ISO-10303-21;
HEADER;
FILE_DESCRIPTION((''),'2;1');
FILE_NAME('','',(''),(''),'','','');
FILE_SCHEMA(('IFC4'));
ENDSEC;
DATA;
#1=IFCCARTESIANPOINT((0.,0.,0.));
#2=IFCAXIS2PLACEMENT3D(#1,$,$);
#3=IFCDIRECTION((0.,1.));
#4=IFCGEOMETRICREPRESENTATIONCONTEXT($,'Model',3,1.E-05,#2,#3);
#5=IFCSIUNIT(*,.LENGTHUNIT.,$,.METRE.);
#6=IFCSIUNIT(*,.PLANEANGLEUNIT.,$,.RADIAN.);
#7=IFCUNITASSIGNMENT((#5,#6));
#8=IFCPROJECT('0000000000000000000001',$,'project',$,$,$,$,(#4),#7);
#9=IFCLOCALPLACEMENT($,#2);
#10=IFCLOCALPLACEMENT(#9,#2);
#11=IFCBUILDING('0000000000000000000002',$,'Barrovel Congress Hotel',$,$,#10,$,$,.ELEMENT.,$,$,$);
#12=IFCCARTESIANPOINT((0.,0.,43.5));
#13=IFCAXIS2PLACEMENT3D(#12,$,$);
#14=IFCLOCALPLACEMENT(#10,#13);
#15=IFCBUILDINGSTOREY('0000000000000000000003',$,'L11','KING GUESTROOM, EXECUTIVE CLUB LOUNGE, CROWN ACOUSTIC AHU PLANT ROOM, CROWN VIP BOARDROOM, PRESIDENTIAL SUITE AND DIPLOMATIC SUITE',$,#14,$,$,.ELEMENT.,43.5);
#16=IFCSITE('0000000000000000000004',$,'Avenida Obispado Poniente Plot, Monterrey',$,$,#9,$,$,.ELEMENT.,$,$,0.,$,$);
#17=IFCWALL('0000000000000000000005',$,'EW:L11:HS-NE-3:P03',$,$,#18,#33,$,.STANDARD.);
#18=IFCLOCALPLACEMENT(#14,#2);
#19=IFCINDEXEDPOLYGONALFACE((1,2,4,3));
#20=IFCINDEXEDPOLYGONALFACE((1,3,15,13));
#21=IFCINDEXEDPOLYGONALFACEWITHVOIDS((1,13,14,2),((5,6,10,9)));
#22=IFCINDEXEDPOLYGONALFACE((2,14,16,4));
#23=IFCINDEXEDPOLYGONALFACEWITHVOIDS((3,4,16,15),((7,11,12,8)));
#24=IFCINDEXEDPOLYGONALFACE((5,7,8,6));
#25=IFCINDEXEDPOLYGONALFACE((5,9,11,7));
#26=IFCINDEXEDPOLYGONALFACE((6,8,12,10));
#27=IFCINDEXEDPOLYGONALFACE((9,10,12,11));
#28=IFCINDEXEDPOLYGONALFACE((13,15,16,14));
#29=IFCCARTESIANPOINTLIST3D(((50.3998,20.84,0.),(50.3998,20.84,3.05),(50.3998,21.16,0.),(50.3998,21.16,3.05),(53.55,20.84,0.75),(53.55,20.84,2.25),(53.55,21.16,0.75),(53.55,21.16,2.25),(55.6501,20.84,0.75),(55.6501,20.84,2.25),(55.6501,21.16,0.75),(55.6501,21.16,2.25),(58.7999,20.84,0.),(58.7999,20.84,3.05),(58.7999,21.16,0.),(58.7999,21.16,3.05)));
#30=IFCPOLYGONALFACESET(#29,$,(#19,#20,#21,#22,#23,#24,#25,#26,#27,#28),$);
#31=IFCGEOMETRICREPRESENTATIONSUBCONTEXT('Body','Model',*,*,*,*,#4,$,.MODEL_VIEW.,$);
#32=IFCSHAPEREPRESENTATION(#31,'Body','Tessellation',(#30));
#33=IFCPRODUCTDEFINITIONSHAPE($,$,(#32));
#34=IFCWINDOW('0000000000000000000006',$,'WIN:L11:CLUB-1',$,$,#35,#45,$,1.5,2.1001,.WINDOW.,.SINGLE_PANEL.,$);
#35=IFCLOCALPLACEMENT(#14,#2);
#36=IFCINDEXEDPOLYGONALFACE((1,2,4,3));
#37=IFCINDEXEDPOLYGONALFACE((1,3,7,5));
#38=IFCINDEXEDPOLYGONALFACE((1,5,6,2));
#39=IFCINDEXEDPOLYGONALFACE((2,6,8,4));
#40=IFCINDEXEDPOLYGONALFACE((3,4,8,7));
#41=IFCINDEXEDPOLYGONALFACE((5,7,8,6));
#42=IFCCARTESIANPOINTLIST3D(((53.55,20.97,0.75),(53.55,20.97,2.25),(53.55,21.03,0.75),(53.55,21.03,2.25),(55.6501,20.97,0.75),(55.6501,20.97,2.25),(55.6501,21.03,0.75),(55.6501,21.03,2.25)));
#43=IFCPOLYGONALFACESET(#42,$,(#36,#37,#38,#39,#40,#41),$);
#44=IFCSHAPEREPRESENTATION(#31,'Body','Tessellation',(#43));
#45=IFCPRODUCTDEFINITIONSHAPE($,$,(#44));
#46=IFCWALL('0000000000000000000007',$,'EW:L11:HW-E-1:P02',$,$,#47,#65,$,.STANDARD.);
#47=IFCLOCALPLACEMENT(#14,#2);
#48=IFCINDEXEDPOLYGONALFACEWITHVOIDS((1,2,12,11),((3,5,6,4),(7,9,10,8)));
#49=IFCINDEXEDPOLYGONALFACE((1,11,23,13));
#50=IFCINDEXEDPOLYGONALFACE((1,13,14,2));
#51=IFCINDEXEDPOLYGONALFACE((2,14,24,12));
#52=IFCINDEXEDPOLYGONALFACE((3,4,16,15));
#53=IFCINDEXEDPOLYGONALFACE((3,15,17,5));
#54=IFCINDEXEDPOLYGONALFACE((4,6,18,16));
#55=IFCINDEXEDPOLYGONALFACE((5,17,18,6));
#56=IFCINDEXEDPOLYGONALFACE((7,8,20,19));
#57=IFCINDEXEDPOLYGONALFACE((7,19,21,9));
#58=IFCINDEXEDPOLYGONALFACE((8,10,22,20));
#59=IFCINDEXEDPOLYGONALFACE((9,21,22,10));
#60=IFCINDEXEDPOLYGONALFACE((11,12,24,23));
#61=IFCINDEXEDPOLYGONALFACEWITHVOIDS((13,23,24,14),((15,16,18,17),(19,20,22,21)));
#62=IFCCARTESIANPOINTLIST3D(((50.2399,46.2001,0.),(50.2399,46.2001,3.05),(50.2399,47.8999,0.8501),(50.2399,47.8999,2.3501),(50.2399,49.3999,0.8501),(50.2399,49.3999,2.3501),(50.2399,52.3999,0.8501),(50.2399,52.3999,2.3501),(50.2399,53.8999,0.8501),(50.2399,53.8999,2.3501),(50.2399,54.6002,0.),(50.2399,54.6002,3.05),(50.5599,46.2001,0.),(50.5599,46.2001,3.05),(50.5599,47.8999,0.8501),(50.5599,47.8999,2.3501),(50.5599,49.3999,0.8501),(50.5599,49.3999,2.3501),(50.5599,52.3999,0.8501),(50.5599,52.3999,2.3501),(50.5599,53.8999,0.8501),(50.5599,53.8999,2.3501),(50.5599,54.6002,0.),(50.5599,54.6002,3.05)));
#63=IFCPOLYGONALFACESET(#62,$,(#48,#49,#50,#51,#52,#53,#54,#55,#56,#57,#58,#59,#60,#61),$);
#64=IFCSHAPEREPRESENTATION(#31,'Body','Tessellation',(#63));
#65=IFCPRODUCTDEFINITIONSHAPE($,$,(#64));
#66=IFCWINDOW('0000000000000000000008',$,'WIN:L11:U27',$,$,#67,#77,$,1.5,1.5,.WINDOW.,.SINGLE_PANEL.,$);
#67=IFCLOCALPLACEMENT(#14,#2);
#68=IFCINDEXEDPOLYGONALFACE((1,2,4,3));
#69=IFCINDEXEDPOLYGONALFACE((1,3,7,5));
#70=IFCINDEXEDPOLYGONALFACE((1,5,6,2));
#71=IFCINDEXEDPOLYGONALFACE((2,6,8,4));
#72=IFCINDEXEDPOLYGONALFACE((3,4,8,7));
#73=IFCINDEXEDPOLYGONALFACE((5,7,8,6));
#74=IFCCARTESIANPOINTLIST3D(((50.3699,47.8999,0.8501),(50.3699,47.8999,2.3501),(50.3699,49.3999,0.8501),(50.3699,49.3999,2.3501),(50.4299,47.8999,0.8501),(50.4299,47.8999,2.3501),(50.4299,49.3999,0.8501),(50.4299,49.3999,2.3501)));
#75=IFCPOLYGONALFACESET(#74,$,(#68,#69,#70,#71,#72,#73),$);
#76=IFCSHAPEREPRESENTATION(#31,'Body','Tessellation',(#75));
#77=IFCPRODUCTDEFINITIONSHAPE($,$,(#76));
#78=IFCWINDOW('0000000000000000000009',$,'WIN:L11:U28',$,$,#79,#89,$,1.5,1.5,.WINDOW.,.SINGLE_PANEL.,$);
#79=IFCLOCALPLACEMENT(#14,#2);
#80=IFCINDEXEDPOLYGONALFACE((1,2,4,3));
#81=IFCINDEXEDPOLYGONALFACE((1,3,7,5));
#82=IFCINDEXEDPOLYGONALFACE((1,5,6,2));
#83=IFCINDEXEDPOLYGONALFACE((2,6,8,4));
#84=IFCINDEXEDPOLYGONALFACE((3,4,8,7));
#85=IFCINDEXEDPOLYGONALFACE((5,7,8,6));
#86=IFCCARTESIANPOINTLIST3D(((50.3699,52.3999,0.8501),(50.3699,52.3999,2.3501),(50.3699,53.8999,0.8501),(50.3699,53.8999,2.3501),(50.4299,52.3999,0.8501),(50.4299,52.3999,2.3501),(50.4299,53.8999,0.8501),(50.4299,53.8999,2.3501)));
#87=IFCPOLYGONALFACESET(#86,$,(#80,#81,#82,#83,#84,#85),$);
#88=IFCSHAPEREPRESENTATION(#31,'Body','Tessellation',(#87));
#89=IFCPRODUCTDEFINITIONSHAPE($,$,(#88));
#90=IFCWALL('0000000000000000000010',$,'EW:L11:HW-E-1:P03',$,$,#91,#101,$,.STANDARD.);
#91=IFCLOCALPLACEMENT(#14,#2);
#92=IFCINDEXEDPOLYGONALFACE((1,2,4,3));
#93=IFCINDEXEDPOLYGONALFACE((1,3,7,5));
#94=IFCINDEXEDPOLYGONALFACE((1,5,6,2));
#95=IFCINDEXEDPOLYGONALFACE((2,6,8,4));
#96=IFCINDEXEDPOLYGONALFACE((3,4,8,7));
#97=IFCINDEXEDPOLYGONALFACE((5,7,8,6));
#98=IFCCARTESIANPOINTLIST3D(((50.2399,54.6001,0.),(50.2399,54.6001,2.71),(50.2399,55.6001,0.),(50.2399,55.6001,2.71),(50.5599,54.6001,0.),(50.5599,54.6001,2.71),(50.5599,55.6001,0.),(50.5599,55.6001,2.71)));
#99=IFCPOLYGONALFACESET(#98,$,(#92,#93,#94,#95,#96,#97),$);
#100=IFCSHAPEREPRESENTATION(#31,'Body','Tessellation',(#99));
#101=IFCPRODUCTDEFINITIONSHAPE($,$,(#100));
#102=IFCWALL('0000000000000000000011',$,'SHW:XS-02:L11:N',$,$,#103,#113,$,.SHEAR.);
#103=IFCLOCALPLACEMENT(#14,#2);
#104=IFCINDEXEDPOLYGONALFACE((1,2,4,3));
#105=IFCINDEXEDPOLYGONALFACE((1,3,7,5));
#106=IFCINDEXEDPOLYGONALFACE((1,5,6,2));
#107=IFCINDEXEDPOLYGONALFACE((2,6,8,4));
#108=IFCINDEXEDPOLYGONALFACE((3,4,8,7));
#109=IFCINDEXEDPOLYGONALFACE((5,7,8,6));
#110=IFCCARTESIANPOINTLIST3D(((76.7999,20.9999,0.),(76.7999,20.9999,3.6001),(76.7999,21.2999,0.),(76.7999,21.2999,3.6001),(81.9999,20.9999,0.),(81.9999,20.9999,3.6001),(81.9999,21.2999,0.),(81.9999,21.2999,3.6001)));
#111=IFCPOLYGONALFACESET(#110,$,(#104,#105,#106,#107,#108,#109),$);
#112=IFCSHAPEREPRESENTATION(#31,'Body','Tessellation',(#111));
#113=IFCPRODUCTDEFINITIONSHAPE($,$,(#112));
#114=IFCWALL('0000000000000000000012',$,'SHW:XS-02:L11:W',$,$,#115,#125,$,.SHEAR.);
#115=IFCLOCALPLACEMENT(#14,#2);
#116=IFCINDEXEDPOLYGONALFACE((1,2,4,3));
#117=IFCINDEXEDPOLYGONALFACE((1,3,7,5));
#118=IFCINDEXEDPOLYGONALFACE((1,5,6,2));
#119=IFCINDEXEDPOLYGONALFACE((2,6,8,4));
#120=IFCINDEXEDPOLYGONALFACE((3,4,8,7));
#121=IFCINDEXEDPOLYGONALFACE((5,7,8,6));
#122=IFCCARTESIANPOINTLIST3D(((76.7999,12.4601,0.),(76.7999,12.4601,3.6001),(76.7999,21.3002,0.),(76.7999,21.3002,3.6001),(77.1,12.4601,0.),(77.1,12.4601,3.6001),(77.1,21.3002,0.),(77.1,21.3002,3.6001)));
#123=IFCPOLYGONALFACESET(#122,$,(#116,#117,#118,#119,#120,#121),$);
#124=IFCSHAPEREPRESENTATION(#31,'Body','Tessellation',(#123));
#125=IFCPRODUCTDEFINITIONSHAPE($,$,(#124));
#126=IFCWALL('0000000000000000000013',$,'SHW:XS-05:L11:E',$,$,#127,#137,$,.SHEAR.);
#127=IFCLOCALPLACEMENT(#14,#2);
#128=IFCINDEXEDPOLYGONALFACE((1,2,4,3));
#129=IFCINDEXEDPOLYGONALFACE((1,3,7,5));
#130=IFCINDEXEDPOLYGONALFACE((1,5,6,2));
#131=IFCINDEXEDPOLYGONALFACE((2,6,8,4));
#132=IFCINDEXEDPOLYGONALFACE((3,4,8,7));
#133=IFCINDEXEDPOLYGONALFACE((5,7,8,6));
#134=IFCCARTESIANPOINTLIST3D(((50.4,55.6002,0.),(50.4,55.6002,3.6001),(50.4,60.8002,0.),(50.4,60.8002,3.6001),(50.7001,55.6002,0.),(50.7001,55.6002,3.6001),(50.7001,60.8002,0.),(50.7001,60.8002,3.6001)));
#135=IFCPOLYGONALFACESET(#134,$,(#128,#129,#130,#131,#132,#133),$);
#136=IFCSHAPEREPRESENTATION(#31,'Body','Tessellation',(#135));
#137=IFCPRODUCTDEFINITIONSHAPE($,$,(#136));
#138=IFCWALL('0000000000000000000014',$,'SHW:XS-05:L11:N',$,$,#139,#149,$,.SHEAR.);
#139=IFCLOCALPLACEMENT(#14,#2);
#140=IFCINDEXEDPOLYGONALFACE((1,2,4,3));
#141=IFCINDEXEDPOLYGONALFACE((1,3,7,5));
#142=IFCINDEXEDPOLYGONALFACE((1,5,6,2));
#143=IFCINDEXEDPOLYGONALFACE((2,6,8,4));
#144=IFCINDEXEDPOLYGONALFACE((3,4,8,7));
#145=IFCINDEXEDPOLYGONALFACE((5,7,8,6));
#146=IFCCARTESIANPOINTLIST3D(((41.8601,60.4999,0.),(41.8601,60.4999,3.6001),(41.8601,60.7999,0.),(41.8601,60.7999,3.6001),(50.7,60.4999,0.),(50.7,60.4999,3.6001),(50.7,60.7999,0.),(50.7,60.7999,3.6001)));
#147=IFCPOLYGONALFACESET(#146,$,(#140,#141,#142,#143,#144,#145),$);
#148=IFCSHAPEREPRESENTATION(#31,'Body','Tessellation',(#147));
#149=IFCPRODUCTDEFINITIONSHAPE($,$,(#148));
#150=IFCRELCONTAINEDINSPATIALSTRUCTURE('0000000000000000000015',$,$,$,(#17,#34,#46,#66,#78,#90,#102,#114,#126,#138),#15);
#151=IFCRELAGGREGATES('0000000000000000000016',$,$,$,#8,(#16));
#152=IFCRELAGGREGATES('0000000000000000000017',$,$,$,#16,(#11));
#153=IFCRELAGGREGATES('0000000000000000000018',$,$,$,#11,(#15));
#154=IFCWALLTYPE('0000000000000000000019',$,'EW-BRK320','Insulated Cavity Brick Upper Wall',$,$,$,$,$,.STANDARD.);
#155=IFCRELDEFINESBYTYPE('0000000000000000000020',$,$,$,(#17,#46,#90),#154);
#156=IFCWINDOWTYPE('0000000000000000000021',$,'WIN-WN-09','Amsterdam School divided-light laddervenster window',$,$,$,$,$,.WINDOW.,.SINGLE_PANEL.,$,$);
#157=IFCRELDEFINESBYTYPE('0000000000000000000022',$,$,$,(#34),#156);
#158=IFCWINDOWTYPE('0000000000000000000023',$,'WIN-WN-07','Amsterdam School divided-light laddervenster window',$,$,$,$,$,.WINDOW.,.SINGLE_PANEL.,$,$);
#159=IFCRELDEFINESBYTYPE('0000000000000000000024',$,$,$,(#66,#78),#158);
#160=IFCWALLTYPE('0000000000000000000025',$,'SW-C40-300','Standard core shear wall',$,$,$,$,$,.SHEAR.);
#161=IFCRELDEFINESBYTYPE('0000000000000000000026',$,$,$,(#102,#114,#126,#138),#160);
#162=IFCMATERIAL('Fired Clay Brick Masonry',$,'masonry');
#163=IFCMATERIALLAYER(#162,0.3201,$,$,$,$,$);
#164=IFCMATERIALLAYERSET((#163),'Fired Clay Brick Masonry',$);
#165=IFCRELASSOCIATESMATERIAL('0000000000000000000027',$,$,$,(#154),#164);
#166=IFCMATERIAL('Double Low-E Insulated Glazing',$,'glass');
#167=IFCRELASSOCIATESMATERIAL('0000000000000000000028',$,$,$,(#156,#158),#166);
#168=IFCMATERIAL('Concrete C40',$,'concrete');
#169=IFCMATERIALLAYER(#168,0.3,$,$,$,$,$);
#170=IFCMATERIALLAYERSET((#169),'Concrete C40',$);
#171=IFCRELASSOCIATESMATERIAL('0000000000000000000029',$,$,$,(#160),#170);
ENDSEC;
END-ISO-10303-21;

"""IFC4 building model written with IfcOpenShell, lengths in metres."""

from ifc_helpers import new_model, si_unit, direction, frame, frame_2d, origin, place, context, subcontext, project, spatial, rectangle, extrude, material, layer, layer_set, type_object, element, fill, save


model = new_model("IFC4")

# Units and contexts
model_context = context("Model", 3, precision=1e-05, world=origin(), true_north=direction((0.0, 1.0)))
body_context = subcontext(model_context, "Body", "Model", "MODEL_VIEW")
ifc_project = project(units=[si_unit("LENGTHUNIT", "METRE"), si_unit("PLANEANGLEUNIT", "RADIAN")], contexts=[model_context])

# Site, building, storey
site_placement = place(None, origin())
site = spatial("IfcSite", under=ifc_project, at=site_placement, Name="Avenida Obispado Poniente Plot, Monterrey", CompositionType="ELEMENT", RefElevation=0.0)
building_placement = place(site_placement, origin())
building = spatial("IfcBuilding", under=site, at=building_placement, Name="Barrovel Congress Hotel", CompositionType="ELEMENT")
storey_placement = place(building_placement, frame((0.0, 0.0, 43.5)))
storey = spatial("IfcBuildingStorey", under=building, at=storey_placement, Name="L11", Description="KING GUESTROOM, EXECUTIVE CLUB LOUNGE, CROWN ACOUSTIC AHU PLANT ROOM, CROWN VIP BOARDROOM, PRESIDENTIAL SUITE AND DIPLOMATIC SUITE", CompositionType="ELEMENT", Elevation=43.5)

# Shared definitions
ifc_material_1 = material(Name="Concrete C40", Category="concrete")

# Shared definitions
ifc_material_2 = material(Name="Fired Clay Brick Masonry", Category="masonry")
ifc_layer_1 = layer(ifc_material_2, 0.3201)
ifc_layer_set_1 = layer_set([ifc_layer_1], Name="Fired Clay Brick Masonry")
wall_type_1 = type_object("IfcWallType", Name="EW-BRK320", Description="Insulated Cavity Brick Upper Wall", PredefinedType="STANDARD", material=ifc_layer_set_1)
ifc_material_3 = material(Name="Double Low-E Insulated Glazing", Category="glass")

# Wall, opening, window
wall_1_placement = place(storey_placement, frame((58.8, 21.0, 0.0), z_axis=(0.0, 0.0, 1.0), x_axis=(-1.0, 0.0, 0.0)))
wall_1 = element("IfcWall", 1, at=wall_1_placement, inside=storey, type_object=wall_type_1, Name="EW:L11:HS-NE-3:P03", PredefinedType="STANDARD", context=body_context, shape_type="SweptSolid", body=[
    extrude(rectangle(XDim=8.4001, YDim=0.3201, at=frame_2d((4.2002, 0.0))), origin(), (0.0, 0.0, 1.0), 3.05),
])
opening_1_placement = place(wall_1_placement, frame((3.1499, 0.0, 0.75)))
opening_1 = element("IfcOpeningElement", 2, at=opening_1_placement, cuts=wall_1, PredefinedType="OPENING", context=body_context, shape_type="SweptSolid", body=[
    extrude(rectangle(XDim=2.1001, YDim=1.5, at=frame_2d((1.05, 0.75))), frame((0.0, 0.1699, 0.0), z_axis=(0.0, -1.0, 0.0), x_axis=(1.0, 0.0, 0.0)), (0.0, 0.0, 1.0), 0.3401),
])
window_type_1 = type_object("IfcWindowType", Name="WIN-WN-09", Description="Amsterdam School divided-light laddervenster window", PartitioningType="SINGLE_PANEL", PredefinedType="WINDOW", material=ifc_material_3)
window_1_placement = place(opening_1_placement, origin())
window_1 = element("IfcWindow", 3, at=window_1_placement, inside=storey, type_object=window_type_1, Name="WIN:L11:CLUB-1", OverallHeight=1.5, OverallWidth=2.1001, PartitioningType="SINGLE_PANEL", PredefinedType="WINDOW", context=body_context, shape_type="SweptSolid", body=[
    extrude(rectangle(XDim=2.1001, YDim=1.5, at=frame_2d((1.05, 0.75))), frame((0.0, 0.03, 0.0), z_axis=(0.0, -1.0, 0.0), x_axis=(1.0, 0.0, 0.0)), (0.0, 0.0, 1.0), 0.0601),
])
fill(opening_1, window_1)

# Wall, openings, windows
wall_2_placement = place(storey_placement, frame((50.3999, 46.2, 0.0), z_axis=(0.0, 0.0, 1.0), x_axis=(0.0, 1.0, 0.0)))
wall_2 = element("IfcWall", 4, at=wall_2_placement, inside=storey, type_object=wall_type_1, Name="EW:L11:HW-E-1:P02", PredefinedType="STANDARD", context=body_context, shape_type="SweptSolid", body=[
    extrude(rectangle(XDim=8.4001, YDim=0.3201, at=frame_2d((4.2002, 0.0))), origin(), (0.0, 0.0, 1.0), 3.05),
])
opening_2_placement = place(wall_2_placement, frame((1.7, 0.0, 0.8501)))
opening_2 = element("IfcOpeningElement", 5, at=opening_2_placement, cuts=wall_2, PredefinedType="OPENING", context=body_context, shape_type="SweptSolid", body=[
    extrude(rectangle(XDim=1.5, YDim=1.5, at=frame_2d((0.75, 0.75))), frame((0.0, 0.1699, 0.0), z_axis=(0.0, -1.0, 0.0), x_axis=(1.0, 0.0, 0.0)), (0.0, 0.0, 1.0), 0.3401),
])
opening_3_placement = place(wall_2_placement, frame((6.2, 0.0, 0.8501)))
opening_3 = element("IfcOpeningElement", 6, at=opening_3_placement, cuts=wall_2, PredefinedType="OPENING", context=body_context, shape_type="SweptSolid", body=[
    extrude(rectangle(XDim=1.5, YDim=1.5, at=frame_2d((0.75, 0.75))), frame((0.0, 0.1699, 0.0), z_axis=(0.0, -1.0, 0.0), x_axis=(1.0, 0.0, 0.0)), (0.0, 0.0, 1.0), 0.3401),
])
window_type_2 = type_object("IfcWindowType", Name="WIN-WN-07", Description="Amsterdam School divided-light laddervenster window", PartitioningType="SINGLE_PANEL", PredefinedType="WINDOW", material=ifc_material_3)
window_2_placement = place(opening_2_placement, origin())
window_2 = element("IfcWindow", 7, at=window_2_placement, inside=storey, type_object=window_type_2, Name="WIN:L11:U27", OverallHeight=1.5, OverallWidth=1.5, PartitioningType="SINGLE_PANEL", PredefinedType="WINDOW", context=body_context, shape_type="SweptSolid", body=[
    extrude(rectangle(XDim=1.5, YDim=1.5, at=frame_2d((0.75, 0.75))), frame((0.0, 0.03, 0.0), z_axis=(0.0, -1.0, 0.0), x_axis=(1.0, 0.0, 0.0)), (0.0, 0.0, 1.0), 0.0601),
])
fill(opening_2, window_2)
window_3_placement = place(opening_3_placement, origin())
window_3 = element("IfcWindow", 8, at=window_3_placement, inside=storey, type_object=window_type_2, Name="WIN:L11:U28", OverallHeight=1.5, OverallWidth=1.5, PartitioningType="SINGLE_PANEL", PredefinedType="WINDOW", context=body_context, shape_type="SweptSolid", body=[
    extrude(rectangle(XDim=1.5, YDim=1.5, at=frame_2d((0.75, 0.75))), frame((0.0, 0.03, 0.0), z_axis=(0.0, -1.0, 0.0), x_axis=(1.0, 0.0, 0.0)), (0.0, 0.0, 1.0), 0.0601),
])
fill(opening_3, window_3)

# Walls
wall_3_placement = place(storey_placement, frame((50.3999, 54.6001, 0.0), z_axis=(0.0, 0.0, 1.0), x_axis=(0.0, 1.0, 0.0)))
element("IfcWall", 9, at=wall_3_placement, inside=storey, type_object=wall_type_1, Name="EW:L11:HW-E-1:P03", PredefinedType="STANDARD", context=body_context, shape_type="SweptSolid", body=[
    extrude(rectangle(XDim=1.0, YDim=0.3201, at=frame_2d((0.5, 0.0))), origin(), (0.0, 0.0, 1.0), 2.71),
])
ifc_layer_2 = layer(ifc_material_1, 0.3)
ifc_layer_set_2 = layer_set([ifc_layer_2], Name="Concrete C40")
wall_type_2 = type_object("IfcWallType", Name="SW-C40-300", Description="Standard core shear wall", PredefinedType="SHEAR", material=ifc_layer_set_2)
wall_4_placement = place(storey_placement, frame((82.0, 21.1499, 0.0), z_axis=(0.0, 0.0, 1.0), x_axis=(-1.0, 0.0, 0.0)))
element("IfcWall", 10, at=wall_4_placement, inside=storey, type_object=wall_type_2, Name="SHW:XS-02:L11:N", PredefinedType="SHEAR", context=body_context, shape_type="SweptSolid", body=[
    extrude(rectangle(XDim=5.2, YDim=0.3, at=frame_2d((2.6001, 0.0))), origin(), (0.0, 0.0, 1.0), 3.6001),
])
wall_5_placement = place(storey_placement, frame((76.95, 21.3, 0.0), z_axis=(0.0, 0.0, 1.0), x_axis=(0.0, -1.0, 0.0)))
element("IfcWall", 11, at=wall_5_placement, inside=storey, type_object=wall_type_2, Name="SHW:XS-02:L11:W", PredefinedType="SHEAR", context=body_context, shape_type="SweptSolid", body=[
    extrude(rectangle(XDim=8.8401, YDim=0.3, at=frame_2d((4.4199, 0.0))), origin(), (0.0, 0.0, 1.0), 3.6001),
])
wall_6_placement = place(storey_placement, frame((50.55, 55.6001, 0.0), z_axis=(0.0, 0.0, 1.0), x_axis=(0.0, 1.0, 0.0)))
element("IfcWall", 12, at=wall_6_placement, inside=storey, type_object=wall_type_2, Name="SHW:XS-05:L11:E", PredefinedType="SHEAR", context=body_context, shape_type="SweptSolid", body=[
    extrude(rectangle(XDim=5.2, YDim=0.3, at=frame_2d((2.6001, 0.0))), origin(), (0.0, 0.0, 1.0), 3.6001),
])
wall_7_placement = place(storey_placement, frame((50.7, 60.6499, 0.0), z_axis=(0.0, 0.0, 1.0), x_axis=(-1.0, 0.0, 0.0)))
element("IfcWall", 13, at=wall_7_placement, inside=storey, type_object=wall_type_2, Name="SHW:XS-05:L11:N", PredefinedType="SHEAR", context=body_context, shape_type="SweptSolid", body=[
    extrude(rectangle(XDim=8.8398, YDim=0.3, at=frame_2d((4.4199, 0.0))), origin(), (0.0, 0.0, 1.0), 3.6001),
])

save(model, "model.ifc")
